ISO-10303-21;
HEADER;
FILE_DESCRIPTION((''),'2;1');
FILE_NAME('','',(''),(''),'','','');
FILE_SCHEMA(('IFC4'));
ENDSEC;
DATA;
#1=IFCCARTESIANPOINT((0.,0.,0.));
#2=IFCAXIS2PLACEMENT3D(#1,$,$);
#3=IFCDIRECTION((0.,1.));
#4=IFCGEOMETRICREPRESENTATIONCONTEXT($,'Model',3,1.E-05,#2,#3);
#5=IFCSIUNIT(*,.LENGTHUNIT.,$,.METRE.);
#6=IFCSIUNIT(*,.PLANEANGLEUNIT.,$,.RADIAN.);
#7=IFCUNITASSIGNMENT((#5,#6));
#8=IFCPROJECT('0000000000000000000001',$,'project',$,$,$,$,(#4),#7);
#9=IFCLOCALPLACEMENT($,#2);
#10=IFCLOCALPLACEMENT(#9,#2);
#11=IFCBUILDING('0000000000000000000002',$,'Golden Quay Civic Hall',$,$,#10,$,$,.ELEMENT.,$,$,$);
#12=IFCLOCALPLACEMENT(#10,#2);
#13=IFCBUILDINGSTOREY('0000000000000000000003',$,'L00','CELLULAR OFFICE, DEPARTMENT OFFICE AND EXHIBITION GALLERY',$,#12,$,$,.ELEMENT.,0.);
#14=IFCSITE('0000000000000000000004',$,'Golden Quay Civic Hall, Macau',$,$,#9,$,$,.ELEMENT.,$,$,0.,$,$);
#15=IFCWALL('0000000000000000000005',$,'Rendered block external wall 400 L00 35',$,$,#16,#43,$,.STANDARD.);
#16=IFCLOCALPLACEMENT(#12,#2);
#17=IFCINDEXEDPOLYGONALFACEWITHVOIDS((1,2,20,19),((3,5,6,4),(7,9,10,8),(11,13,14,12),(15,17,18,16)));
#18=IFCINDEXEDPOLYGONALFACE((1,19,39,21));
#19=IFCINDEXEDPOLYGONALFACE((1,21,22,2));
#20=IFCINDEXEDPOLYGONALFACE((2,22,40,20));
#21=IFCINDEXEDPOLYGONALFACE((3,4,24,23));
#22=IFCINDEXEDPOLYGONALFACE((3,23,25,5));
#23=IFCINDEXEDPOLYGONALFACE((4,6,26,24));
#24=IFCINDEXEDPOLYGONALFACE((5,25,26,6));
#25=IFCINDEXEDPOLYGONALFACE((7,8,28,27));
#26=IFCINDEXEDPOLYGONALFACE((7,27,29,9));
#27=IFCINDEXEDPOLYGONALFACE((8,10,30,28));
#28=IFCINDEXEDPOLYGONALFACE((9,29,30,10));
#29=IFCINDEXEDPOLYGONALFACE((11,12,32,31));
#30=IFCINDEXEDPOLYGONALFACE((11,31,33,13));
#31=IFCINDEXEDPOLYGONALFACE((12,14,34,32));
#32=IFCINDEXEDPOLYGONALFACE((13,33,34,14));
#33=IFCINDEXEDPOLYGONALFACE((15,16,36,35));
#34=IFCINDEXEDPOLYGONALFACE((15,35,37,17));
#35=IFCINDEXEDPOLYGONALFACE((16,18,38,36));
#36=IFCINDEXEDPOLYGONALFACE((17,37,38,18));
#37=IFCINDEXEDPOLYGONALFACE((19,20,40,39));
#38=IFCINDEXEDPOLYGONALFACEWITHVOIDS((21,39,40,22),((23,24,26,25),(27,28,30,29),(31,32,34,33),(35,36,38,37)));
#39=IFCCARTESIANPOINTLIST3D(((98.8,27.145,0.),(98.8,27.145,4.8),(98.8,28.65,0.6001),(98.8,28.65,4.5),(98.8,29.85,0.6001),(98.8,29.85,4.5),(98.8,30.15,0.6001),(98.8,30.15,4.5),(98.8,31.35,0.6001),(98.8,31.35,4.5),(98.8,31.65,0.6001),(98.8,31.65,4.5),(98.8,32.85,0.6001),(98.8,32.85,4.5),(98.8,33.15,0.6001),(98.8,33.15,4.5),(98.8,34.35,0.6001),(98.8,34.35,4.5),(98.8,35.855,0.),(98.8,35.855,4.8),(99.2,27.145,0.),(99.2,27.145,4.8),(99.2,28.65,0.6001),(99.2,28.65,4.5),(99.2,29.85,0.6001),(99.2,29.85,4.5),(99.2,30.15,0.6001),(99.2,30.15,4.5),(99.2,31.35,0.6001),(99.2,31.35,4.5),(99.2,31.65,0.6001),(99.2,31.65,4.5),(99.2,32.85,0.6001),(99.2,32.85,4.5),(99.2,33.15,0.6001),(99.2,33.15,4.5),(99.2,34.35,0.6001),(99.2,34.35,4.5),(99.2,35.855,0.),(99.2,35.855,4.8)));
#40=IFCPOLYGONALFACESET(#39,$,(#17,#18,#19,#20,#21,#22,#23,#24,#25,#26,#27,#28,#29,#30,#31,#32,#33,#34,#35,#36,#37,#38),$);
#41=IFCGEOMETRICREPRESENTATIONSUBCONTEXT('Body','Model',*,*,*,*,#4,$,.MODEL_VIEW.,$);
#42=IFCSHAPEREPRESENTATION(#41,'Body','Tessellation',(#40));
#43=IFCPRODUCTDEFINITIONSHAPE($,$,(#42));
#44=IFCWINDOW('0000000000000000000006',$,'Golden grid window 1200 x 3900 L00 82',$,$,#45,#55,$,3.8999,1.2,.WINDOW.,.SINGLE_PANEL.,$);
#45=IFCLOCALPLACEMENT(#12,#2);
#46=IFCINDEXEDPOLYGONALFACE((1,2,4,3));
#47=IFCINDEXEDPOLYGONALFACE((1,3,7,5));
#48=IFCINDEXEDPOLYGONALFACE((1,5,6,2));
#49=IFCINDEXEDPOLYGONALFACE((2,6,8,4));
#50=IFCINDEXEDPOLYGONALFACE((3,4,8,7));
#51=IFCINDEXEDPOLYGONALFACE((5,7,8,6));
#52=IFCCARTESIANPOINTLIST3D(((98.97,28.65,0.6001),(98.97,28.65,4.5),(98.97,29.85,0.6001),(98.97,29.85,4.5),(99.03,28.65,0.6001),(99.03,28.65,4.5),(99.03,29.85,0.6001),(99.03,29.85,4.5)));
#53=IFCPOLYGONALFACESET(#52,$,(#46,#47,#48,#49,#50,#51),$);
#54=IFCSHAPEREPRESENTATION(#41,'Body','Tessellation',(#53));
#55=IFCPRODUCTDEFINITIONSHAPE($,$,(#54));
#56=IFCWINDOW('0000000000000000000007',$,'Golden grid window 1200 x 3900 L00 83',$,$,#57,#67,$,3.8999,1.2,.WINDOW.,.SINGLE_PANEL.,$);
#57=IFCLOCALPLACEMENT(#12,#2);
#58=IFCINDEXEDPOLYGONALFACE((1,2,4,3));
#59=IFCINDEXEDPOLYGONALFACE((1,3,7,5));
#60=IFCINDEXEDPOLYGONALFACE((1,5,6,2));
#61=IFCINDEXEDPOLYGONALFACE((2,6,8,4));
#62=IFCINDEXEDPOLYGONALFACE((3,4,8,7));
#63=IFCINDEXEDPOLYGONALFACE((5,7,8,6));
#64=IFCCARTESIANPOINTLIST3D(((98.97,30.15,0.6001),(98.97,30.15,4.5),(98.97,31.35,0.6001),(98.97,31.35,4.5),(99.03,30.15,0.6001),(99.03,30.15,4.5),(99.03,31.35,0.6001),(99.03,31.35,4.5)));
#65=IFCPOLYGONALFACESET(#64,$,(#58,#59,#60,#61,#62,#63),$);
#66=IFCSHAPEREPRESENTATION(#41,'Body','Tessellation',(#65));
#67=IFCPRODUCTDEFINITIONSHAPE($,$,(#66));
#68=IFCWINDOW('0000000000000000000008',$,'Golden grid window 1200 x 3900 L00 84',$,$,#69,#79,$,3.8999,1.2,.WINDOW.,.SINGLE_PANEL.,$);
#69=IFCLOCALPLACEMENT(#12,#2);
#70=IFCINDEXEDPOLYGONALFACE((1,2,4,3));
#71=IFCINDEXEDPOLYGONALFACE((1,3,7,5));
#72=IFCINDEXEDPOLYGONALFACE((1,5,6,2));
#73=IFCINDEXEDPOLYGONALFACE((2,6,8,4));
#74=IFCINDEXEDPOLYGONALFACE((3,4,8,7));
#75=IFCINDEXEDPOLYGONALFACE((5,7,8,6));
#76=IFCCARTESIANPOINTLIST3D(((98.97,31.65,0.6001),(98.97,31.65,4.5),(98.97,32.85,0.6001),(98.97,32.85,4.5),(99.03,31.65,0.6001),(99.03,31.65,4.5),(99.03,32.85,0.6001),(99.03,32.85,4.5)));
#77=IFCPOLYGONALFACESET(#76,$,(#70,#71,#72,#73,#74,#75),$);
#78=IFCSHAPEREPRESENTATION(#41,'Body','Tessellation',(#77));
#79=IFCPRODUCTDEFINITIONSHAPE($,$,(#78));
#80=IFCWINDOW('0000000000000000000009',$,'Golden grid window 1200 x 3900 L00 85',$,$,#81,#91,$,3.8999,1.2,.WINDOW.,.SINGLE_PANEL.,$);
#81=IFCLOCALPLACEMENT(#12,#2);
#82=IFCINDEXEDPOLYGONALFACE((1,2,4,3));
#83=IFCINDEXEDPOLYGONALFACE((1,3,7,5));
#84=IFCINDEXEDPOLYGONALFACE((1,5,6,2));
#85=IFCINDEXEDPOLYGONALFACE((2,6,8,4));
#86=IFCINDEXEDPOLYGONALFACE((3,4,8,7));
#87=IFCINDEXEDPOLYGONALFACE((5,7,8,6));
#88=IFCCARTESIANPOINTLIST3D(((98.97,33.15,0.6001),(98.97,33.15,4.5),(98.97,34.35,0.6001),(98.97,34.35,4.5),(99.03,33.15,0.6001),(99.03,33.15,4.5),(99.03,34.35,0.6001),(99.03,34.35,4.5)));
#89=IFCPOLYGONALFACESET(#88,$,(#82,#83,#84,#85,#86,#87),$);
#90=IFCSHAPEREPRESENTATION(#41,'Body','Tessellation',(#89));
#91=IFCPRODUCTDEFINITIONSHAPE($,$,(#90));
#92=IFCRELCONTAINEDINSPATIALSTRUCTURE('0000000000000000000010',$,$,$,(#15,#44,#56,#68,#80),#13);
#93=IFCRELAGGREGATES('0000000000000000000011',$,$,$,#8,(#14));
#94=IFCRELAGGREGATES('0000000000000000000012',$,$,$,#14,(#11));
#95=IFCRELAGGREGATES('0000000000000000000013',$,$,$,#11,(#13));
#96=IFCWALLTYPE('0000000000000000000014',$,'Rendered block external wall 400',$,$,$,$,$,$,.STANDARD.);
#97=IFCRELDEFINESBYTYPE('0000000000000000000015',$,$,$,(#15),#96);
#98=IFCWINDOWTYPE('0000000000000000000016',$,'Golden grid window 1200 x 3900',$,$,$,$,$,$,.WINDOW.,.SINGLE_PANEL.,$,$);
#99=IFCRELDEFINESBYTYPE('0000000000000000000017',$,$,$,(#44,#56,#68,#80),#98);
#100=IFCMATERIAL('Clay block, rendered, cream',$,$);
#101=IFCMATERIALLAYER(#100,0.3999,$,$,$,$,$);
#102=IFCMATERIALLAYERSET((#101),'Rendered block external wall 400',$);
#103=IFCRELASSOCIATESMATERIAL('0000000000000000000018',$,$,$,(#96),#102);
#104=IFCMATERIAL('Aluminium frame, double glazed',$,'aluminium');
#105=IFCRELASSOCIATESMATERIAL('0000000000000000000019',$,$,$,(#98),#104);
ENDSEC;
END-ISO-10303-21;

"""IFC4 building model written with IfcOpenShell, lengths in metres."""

from ifc_helpers import new_model, si_unit, direction, frame, frame_2d, origin, place, context, subcontext, project, spatial, rectangle, extrude, material, layer, layer_set, type_object, element, fill, save


model = new_model("IFC4")

# Units and contexts
model_context = context("Model", 3, precision=1e-05, world=origin(), true_north=direction((0.0, 1.0)))
body_context = subcontext(model_context, "Body", "Model", "MODEL_VIEW")
ifc_project = project(units=[si_unit("LENGTHUNIT", "METRE"), si_unit("PLANEANGLEUNIT", "RADIAN")], contexts=[model_context])

# Site, building, storey
site_placement = place(None, origin())
site = spatial("IfcSite", under=ifc_project, at=site_placement, Name="Golden Quay Civic Hall, Macau", CompositionType="ELEMENT", RefElevation=0.0)
building_placement = place(site_placement, origin())
building = spatial("IfcBuilding", under=site, at=building_placement, Name="Golden Quay Civic Hall", CompositionType="ELEMENT")
storey_placement = place(building_placement, origin())
storey = spatial("IfcBuildingStorey", under=building, at=storey_placement, Name="L00", Description="CELLULAR OFFICE, DEPARTMENT OFFICE AND EXHIBITION GALLERY", CompositionType="ELEMENT", Elevation=0.0)

# Wall, openings, windows
ifc_material_1 = material(Name="Clay block, rendered, cream")
ifc_layer_1 = layer(ifc_material_1, 0.3999)
ifc_layer_set_1 = layer_set([ifc_layer_1], Name="Rendered block external wall 400")
wall_type = type_object("IfcWallType", Name="Rendered block external wall 400", PredefinedType="STANDARD", material=ifc_layer_set_1)
wall_1_placement = place(storey_placement, frame((99.0, 27.145, 0.0), z_axis=(0.0, 0.0, 1.0), x_axis=(0.0, 1.0, 0.0)))
wall_1 = element("IfcWall", 1, at=wall_1_placement, inside=storey, type_object=wall_type, Name="Rendered block external wall 400 L00 35", PredefinedType="STANDARD", context=body_context, shape_type="SweptSolid", body=[
    extrude(rectangle(XDim=8.71, YDim=0.3999, at=frame_2d((4.355, 0.0))), origin(), (0.0, 0.0, 1.0), 4.8),
])
opening_1_placement = place(wall_1_placement, frame((1.5049, 0.0, 0.6001)))
opening_1 = element("IfcOpeningElement", 2, at=opening_1_placement, cuts=wall_1, PredefinedType="OPENING", context=body_context, shape_type="SweptSolid", body=[
    extrude(rectangle(XDim=1.2, YDim=3.8999, at=frame_2d((0.6001, 1.95))), frame((0.0, 0.21, 0.0), z_axis=(0.0, -1.0, 0.0), x_axis=(1.0, 0.0, 0.0)), (0.0, 0.0, 1.0), 0.4199),
])
opening_2_placement = place(wall_1_placement, frame((3.0049, 0.0, 0.6001)))
opening_2 = element("IfcOpeningElement", 3, at=opening_2_placement, cuts=wall_1, PredefinedType="OPENING", context=body_context, shape_type="SweptSolid", body=[
    extrude(rectangle(XDim=1.2, YDim=3.8999, at=frame_2d((0.6001, 1.95))), frame((0.0, 0.21, 0.0), z_axis=(0.0, -1.0, 0.0), x_axis=(1.0, 0.0, 0.0)), (0.0, 0.0, 1.0), 0.4199),
])
opening_3_placement = place(wall_1_placement, frame((4.5049, 0.0, 0.6001)))
opening_3 = element("IfcOpeningElement", 4, at=opening_3_placement, cuts=wall_1, PredefinedType="OPENING", context=body_context, shape_type="SweptSolid", body=[
    extrude(rectangle(XDim=1.2, YDim=3.8999, at=frame_2d((0.6001, 1.95))), frame((0.0, 0.21, 0.0), z_axis=(0.0, -1.0, 0.0), x_axis=(1.0, 0.0, 0.0)), (0.0, 0.0, 1.0), 0.4199),
])
opening_4_placement = place(wall_1_placement, frame((6.0049, 0.0, 0.6001)))
opening_4 = element("IfcOpeningElement", 5, at=opening_4_placement, cuts=wall_1, PredefinedType="OPENING", context=body_context, shape_type="SweptSolid", body=[
    extrude(rectangle(XDim=1.2, YDim=3.8999, at=frame_2d((0.6001, 1.95))), frame((0.0, 0.21, 0.0), z_axis=(0.0, -1.0, 0.0), x_axis=(1.0, 0.0, 0.0)), (0.0, 0.0, 1.0), 0.4199),
])
ifc_material_2 = material(Name="Aluminium frame, double glazed", Category="aluminium")
window_type = type_object("IfcWindowType", Name="Golden grid window 1200 x 3900", PartitioningType="SINGLE_PANEL", PredefinedType="WINDOW", material=ifc_material_2)
window_1_placement = place(opening_1_placement, origin())
window_1 = element("IfcWindow", 6, at=window_1_placement, inside=storey, type_object=window_type, Name="Golden grid window 1200 x 3900 L00 82", OverallHeight=3.8999, OverallWidth=1.2, PartitioningType="SINGLE_PANEL", PredefinedType="WINDOW", context=body_context, shape_type="SweptSolid", body=[
    extrude(rectangle(XDim=1.2, YDim=3.8999, at=frame_2d((0.6001, 1.95))), frame((0.0, 0.03, 0.0), z_axis=(0.0, -1.0, 0.0), x_axis=(1.0, 0.0, 0.0)), (0.0, 0.0, 1.0), 0.0601),
])
fill(opening_1, window_1)
window_2_placement = place(opening_2_placement, origin())
window_2 = element("IfcWindow", 7, at=window_2_placement, inside=storey, type_object=window_type, Name="Golden grid window 1200 x 3900 L00 83", OverallHeight=3.8999, OverallWidth=1.2, PartitioningType="SINGLE_PANEL", PredefinedType="WINDOW", context=body_context, shape_type="SweptSolid", body=[
    extrude(rectangle(XDim=1.2, YDim=3.8999, at=frame_2d((0.6001, 1.95))), frame((0.0, 0.03, 0.0), z_axis=(0.0, -1.0, 0.0), x_axis=(1.0, 0.0, 0.0)), (0.0, 0.0, 1.0), 0.0601),
])
fill(opening_2, window_2)
window_3_placement = place(opening_3_placement, origin())
window_3 = element("IfcWindow", 8, at=window_3_placement, inside=storey, type_object=window_type, Name="Golden grid window 1200 x 3900 L00 84", OverallHeight=3.8999, OverallWidth=1.2, PartitioningType="SINGLE_PANEL", PredefinedType="WINDOW", context=body_context, shape_type="SweptSolid", body=[
    extrude(rectangle(XDim=1.2, YDim=3.8999, at=frame_2d((0.6001, 1.95))), frame((0.0, 0.03, 0.0), z_axis=(0.0, -1.0, 0.0), x_axis=(1.0, 0.0, 0.0)), (0.0, 0.0, 1.0), 0.0601),
])
fill(opening_3, window_3)
window_4_placement = place(opening_4_placement, origin())
window_4 = element("IfcWindow", 9, at=window_4_placement, inside=storey, type_object=window_type, Name="Golden grid window 1200 x 3900 L00 85", OverallHeight=3.8999, OverallWidth=1.2, PartitioningType="SINGLE_PANEL", PredefinedType="WINDOW", context=body_context, shape_type="SweptSolid", body=[
    extrude(rectangle(XDim=1.2, YDim=3.8999, at=frame_2d((0.6001, 1.95))), frame((0.0, 0.03, 0.0), z_axis=(0.0, -1.0, 0.0), x_axis=(1.0, 0.0, 0.0)), (0.0, 0.0, 1.0), 0.0601),
])
fill(opening_4, window_4)

save(model, "model.ifc")
